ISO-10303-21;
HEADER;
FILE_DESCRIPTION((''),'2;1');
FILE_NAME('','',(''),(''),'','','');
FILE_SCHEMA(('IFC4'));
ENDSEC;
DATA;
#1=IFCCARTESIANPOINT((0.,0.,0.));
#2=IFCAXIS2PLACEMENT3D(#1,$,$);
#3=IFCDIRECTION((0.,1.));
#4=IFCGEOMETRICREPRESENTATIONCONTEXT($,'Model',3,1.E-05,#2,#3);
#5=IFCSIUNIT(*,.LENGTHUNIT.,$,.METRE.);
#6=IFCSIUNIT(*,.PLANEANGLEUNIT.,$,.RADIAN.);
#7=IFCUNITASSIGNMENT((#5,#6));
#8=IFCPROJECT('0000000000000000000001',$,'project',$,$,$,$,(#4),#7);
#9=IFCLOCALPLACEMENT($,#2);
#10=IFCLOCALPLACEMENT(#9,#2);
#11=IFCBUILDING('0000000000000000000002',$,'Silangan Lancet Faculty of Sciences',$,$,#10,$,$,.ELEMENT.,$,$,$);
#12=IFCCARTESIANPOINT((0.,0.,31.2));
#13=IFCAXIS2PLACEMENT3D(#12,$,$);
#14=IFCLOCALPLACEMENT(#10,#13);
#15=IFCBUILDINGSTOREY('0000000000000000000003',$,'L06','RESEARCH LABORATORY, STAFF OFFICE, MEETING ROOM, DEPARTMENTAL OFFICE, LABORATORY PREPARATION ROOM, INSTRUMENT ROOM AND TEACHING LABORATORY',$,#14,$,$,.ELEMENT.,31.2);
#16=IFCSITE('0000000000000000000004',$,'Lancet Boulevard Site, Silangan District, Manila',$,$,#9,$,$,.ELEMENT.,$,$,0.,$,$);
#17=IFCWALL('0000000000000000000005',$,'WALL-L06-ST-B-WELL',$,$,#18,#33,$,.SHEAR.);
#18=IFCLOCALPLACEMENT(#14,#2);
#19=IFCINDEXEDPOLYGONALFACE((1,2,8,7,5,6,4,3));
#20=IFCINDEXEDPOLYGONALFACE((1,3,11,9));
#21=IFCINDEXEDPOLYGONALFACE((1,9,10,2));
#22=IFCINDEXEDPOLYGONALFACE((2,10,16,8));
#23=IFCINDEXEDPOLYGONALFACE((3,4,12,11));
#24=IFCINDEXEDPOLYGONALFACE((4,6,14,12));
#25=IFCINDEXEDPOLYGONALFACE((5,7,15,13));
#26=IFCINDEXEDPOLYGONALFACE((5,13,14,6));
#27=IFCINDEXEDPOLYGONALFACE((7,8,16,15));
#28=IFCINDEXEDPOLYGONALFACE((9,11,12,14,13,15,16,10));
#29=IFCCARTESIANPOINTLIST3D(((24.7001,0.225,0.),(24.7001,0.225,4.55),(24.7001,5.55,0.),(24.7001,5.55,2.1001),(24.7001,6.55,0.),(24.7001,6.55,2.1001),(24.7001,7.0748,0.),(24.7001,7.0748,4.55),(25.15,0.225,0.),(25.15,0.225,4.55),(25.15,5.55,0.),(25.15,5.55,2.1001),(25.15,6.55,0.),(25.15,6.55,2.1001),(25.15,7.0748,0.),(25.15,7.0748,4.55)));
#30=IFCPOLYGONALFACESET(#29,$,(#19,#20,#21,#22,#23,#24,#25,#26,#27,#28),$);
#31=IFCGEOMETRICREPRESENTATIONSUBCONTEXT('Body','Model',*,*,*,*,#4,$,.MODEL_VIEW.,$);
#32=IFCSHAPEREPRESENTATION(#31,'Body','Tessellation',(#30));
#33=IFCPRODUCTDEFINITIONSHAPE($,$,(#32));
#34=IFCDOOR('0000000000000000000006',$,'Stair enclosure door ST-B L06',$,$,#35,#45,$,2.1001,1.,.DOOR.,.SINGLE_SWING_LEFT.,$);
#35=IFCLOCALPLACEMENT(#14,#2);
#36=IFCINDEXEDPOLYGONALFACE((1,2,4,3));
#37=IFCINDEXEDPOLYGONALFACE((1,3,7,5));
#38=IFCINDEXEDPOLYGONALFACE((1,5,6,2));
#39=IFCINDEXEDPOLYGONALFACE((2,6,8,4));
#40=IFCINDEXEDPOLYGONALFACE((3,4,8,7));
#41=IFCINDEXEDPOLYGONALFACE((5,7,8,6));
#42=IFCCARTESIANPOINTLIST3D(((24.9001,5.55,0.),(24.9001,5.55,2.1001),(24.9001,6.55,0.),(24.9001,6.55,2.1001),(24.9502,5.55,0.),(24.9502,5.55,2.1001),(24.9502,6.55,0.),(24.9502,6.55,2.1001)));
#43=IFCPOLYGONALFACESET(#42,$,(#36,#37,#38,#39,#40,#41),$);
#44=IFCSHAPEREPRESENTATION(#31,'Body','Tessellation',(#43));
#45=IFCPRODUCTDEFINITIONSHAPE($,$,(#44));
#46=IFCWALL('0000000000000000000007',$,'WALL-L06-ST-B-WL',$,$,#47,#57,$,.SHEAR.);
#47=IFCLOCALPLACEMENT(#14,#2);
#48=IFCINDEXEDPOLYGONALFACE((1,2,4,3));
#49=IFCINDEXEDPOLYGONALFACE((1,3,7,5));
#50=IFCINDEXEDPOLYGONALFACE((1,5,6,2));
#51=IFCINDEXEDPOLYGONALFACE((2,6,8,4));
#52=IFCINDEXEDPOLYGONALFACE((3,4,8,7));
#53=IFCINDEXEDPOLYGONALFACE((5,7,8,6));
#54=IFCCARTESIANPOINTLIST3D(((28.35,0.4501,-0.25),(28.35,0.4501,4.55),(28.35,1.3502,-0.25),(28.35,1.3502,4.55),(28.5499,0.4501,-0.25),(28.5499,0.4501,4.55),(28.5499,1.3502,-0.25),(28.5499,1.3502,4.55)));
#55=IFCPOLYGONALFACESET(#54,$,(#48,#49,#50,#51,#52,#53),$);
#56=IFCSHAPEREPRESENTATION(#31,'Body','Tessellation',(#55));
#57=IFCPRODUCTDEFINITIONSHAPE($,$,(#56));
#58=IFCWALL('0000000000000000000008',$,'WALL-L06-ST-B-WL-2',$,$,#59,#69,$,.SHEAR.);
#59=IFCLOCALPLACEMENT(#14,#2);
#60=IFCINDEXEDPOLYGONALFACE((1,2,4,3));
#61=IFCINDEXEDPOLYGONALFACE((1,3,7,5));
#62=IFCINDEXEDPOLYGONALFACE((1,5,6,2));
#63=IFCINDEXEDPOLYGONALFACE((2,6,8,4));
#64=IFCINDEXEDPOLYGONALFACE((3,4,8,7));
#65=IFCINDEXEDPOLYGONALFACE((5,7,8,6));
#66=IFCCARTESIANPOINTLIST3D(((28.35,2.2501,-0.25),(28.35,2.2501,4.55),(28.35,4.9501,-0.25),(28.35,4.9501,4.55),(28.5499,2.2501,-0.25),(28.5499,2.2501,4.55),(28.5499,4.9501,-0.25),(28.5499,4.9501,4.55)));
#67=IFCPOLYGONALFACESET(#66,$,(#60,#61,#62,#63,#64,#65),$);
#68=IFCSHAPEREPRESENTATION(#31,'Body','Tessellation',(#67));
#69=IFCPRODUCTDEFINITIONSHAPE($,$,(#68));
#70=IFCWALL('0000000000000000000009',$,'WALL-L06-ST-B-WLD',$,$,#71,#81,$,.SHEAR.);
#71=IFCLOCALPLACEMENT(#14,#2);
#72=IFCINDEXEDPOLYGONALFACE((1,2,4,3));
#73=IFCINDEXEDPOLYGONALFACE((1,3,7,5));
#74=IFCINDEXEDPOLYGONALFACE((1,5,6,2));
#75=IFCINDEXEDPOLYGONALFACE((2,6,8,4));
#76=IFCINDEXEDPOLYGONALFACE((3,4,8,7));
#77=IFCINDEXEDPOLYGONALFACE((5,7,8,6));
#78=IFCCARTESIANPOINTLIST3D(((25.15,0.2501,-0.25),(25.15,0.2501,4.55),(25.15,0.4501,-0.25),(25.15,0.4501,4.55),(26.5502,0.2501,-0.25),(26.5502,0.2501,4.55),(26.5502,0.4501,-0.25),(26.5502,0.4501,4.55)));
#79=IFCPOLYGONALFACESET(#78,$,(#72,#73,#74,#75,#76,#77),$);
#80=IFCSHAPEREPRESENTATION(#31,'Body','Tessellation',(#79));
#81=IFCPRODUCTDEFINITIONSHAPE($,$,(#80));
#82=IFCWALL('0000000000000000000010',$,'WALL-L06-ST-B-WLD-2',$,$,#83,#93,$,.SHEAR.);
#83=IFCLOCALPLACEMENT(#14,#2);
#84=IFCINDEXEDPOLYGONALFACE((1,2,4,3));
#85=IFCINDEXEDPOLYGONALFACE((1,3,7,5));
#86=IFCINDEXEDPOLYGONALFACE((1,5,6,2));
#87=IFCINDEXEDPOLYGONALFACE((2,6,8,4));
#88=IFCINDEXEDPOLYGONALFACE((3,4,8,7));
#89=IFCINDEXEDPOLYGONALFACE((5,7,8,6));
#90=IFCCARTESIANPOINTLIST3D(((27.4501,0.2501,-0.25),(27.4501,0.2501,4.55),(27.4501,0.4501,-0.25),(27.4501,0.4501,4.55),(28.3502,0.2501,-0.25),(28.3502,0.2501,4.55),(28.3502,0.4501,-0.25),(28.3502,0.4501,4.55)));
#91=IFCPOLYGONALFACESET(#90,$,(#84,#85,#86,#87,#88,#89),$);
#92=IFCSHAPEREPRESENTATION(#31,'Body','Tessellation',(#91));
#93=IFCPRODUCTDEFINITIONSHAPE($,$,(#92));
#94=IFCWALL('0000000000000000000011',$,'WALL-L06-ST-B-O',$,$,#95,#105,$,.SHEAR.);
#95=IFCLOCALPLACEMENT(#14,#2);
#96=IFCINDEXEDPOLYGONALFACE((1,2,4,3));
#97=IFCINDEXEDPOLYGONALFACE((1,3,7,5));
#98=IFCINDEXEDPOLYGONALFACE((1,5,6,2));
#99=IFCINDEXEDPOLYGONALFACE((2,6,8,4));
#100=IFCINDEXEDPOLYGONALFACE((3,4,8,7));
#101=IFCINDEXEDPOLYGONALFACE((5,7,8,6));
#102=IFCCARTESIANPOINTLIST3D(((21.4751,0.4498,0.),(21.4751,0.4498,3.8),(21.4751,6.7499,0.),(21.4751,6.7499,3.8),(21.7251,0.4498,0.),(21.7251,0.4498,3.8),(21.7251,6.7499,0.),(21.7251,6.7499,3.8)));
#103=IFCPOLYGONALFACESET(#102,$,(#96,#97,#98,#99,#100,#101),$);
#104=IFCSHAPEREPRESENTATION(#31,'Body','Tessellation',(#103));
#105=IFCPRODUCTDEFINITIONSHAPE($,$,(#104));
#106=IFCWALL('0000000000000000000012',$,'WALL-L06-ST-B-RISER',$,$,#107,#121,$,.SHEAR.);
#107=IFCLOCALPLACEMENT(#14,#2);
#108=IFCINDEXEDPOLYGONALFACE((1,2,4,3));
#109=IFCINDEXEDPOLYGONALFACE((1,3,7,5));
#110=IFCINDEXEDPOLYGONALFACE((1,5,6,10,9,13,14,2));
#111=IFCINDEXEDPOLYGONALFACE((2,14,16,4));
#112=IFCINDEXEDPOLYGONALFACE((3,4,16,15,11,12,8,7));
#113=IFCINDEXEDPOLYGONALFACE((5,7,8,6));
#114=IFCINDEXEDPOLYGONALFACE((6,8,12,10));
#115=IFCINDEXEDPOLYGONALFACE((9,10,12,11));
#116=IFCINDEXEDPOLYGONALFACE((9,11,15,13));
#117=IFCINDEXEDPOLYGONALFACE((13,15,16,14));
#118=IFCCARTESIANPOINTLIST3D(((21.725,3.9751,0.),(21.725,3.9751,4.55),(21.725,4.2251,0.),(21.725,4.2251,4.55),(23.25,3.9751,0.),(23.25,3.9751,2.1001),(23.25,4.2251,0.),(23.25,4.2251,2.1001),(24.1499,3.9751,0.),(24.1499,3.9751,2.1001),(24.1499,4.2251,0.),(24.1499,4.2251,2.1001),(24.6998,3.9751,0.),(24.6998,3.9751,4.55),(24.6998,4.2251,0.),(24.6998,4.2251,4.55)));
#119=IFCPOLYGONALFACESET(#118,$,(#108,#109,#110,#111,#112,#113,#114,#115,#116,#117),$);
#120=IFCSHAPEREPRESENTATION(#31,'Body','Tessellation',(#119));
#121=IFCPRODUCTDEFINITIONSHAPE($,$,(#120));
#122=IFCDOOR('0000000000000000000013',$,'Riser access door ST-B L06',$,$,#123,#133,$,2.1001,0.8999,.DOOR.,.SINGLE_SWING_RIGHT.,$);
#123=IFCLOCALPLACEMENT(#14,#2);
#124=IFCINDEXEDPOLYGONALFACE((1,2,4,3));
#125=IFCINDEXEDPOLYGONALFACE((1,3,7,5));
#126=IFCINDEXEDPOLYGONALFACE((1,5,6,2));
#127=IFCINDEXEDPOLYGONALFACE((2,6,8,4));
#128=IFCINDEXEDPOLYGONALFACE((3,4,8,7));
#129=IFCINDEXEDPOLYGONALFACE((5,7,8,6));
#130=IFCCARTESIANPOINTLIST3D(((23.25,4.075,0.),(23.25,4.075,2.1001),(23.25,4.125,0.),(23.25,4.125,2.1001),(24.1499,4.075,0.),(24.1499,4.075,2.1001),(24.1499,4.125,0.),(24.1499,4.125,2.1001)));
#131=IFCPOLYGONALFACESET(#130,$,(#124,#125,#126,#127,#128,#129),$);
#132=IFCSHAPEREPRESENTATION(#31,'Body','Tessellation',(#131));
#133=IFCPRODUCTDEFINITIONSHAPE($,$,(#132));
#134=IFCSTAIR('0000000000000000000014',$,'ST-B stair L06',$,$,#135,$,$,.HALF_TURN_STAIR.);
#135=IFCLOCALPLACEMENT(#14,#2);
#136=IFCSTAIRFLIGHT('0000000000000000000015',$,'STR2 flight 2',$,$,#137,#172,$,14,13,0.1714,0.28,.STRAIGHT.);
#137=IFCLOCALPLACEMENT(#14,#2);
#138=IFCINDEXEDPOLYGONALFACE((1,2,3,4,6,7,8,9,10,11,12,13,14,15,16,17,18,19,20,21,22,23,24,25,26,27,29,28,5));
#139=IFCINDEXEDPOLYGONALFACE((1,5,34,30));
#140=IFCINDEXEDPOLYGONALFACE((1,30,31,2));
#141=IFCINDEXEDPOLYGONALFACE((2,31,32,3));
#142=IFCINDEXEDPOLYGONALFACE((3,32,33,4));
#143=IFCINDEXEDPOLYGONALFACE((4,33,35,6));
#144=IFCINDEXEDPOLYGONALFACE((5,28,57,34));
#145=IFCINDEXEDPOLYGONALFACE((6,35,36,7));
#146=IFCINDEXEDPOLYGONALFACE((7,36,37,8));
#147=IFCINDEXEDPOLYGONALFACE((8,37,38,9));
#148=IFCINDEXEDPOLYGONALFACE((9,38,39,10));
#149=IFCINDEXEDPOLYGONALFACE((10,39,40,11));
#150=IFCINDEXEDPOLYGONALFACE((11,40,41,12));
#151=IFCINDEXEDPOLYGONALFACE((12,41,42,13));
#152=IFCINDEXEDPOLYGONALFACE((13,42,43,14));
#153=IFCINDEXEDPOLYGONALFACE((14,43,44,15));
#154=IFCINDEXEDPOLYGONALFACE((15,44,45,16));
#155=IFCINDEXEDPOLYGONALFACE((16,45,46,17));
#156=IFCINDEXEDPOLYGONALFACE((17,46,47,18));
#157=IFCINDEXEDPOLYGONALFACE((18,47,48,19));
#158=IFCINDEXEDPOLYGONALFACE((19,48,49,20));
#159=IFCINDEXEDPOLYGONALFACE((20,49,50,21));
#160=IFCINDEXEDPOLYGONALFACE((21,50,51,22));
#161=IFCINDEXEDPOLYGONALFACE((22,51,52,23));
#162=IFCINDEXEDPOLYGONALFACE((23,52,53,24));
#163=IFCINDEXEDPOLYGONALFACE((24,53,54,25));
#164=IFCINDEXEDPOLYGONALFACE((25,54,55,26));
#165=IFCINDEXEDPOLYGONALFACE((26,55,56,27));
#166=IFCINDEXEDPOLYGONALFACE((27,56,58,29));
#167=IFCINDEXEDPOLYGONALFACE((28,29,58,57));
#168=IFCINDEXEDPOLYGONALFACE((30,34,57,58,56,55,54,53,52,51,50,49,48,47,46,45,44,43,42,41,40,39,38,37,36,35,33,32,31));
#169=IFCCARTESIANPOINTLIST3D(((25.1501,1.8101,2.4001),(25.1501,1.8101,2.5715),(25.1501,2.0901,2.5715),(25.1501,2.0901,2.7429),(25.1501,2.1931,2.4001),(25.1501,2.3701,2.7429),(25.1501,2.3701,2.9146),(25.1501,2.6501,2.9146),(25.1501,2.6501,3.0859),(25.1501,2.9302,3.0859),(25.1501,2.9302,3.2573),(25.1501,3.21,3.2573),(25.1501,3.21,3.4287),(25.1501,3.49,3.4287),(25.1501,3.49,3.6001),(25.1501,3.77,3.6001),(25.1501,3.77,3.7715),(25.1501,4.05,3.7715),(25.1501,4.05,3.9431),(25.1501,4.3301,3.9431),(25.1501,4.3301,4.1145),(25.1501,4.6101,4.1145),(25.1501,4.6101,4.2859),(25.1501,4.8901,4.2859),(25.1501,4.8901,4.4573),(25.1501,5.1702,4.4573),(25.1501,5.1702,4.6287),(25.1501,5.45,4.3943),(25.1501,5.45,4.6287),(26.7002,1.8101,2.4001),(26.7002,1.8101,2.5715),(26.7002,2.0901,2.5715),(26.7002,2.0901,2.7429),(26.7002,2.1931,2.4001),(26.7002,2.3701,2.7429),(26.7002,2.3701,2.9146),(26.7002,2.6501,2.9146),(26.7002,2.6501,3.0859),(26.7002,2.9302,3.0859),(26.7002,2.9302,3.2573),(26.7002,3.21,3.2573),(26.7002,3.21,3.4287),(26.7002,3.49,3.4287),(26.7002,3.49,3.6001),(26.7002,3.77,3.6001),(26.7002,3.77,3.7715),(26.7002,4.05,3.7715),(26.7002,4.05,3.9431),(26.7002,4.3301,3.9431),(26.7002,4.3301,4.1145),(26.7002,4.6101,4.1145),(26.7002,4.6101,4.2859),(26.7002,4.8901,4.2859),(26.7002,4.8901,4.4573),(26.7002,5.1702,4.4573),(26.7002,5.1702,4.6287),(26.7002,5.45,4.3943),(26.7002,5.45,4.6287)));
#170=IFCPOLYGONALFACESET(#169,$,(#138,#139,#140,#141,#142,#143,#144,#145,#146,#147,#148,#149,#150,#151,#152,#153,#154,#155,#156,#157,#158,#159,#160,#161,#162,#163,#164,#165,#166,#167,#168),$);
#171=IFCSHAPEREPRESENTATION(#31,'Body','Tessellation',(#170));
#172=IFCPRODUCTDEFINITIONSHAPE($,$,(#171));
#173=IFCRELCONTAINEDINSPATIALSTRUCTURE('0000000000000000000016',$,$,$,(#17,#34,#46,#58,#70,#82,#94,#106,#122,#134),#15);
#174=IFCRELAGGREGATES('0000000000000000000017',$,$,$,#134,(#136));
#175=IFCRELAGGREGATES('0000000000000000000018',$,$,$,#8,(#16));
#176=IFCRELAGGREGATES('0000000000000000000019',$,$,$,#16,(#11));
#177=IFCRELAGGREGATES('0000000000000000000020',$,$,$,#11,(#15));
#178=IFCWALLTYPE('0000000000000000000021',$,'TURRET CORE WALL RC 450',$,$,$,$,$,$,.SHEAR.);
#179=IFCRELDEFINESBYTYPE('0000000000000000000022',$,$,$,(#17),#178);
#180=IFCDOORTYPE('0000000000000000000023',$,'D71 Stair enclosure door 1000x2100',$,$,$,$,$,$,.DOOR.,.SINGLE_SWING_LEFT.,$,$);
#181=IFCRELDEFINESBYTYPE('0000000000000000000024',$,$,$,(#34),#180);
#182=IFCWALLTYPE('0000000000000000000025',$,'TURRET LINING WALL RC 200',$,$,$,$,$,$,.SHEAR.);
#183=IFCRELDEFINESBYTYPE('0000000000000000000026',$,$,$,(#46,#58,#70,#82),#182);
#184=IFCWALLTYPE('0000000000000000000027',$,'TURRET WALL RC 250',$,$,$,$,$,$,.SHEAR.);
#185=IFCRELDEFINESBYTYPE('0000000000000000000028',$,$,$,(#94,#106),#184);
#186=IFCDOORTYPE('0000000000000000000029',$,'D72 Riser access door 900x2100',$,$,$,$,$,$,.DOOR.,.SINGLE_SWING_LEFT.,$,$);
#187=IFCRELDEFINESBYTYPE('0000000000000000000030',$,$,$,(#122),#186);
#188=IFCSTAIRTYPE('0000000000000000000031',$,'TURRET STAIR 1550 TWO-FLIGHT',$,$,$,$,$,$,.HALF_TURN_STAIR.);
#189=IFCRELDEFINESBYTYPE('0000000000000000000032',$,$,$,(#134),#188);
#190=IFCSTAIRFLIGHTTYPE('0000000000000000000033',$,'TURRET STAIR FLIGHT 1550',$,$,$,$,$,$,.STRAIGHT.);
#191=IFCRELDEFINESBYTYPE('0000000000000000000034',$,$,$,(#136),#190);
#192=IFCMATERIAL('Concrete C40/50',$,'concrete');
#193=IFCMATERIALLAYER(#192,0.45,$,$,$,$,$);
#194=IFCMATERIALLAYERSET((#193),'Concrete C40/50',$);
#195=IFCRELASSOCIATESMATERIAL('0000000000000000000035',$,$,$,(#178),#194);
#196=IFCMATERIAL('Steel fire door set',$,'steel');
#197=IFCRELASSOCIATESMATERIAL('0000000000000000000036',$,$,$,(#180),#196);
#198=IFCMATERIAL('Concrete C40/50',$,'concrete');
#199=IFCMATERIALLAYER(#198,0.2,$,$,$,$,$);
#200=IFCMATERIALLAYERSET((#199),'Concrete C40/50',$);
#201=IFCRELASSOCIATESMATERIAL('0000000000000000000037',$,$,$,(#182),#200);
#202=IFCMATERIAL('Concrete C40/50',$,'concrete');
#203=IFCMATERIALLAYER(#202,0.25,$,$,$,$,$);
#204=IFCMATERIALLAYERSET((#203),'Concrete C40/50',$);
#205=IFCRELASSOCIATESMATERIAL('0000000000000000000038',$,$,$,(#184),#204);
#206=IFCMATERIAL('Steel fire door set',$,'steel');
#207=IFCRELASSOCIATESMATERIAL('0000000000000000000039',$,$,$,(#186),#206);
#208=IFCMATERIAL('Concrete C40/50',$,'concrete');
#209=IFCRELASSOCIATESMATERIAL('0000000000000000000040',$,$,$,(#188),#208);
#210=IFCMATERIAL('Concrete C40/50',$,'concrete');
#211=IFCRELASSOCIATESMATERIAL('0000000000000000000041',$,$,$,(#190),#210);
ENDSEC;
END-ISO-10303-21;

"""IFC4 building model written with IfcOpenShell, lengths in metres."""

from ifc_helpers import new_model, si_unit, direction, frame, frame_2d, origin, place, context, subcontext, project, spatial, polyline, rectangle, outline, extrude, material, layer, layer_set, type_object, element, fill, aggregate, save


model = new_model("IFC4")

# Units and contexts
model_context = context("Model", 3, precision=1e-05, world=origin(), true_north=direction((0.0, 1.0)))
body_context = subcontext(model_context, "Body", "Model", "MODEL_VIEW")
ifc_project = project(units=[si_unit("LENGTHUNIT", "METRE"), si_unit("PLANEANGLEUNIT", "RADIAN")], contexts=[model_context])

# Site, building, storey
site_placement = place(None, origin())
site = spatial("IfcSite", under=ifc_project, at=site_placement, Name="Lancet Boulevard Site, Silangan District, Manila", CompositionType="ELEMENT", RefElevation=0.0)
building_placement = place(site_placement, origin())
building = spatial("IfcBuilding", under=site, at=building_placement, Name="Silangan Lancet Faculty of Sciences", CompositionType="ELEMENT")
storey_placement = place(building_placement, frame((0.0, 0.0, 31.2)))
storey = spatial("IfcBuildingStorey", under=building, at=storey_placement, Name="L06", Description="RESEARCH LABORATORY, STAFF OFFICE, MEETING ROOM, DEPARTMENTAL OFFICE, LABORATORY PREPARATION ROOM, INSTRUMENT ROOM AND TEACHING LABORATORY", CompositionType="ELEMENT", Elevation=31.2)

# Wall, opening, door
ifc_material_1 = material(Name="Concrete C40/50", Category="concrete")
ifc_layer_1 = layer(ifc_material_1, 0.45)
ifc_layer_set_1 = layer_set([ifc_layer_1], Name="Concrete C40/50")
wall_type_1 = type_object("IfcWallType", Name="TURRET CORE WALL RC 450", PredefinedType="SHEAR", material=ifc_layer_set_1)
wall_1_placement = place(storey_placement, frame((24.925, 0.2251, 0.0), z_axis=(0.0, 0.0, 1.0), x_axis=(0.0, 1.0, 0.0)))
wall_1 = element("IfcWall", 1, at=wall_1_placement, inside=storey, type_object=wall_type_1, Name="WALL-L06-ST-B-WELL", PredefinedType="SHEAR", context=body_context, shape_type="SweptSolid", body=[
    extrude(rectangle(XDim=6.8499, YDim=0.45, at=frame_2d((3.4248, 0.0))), origin(), (0.0, 0.0, 1.0), 4.55),
])
opening_1_placement = place(wall_1_placement, frame((5.325, 0.0, 0.0)))
opening_1 = element("IfcOpeningElement", 2, at=opening_1_placement, cuts=wall_1, PredefinedType="OPENING", context=body_context, shape_type="SweptSolid", body=[
    extrude(rectangle(XDim=1.0, YDim=2.1001, at=frame_2d((0.5, 1.05))), frame((0.0, 0.2349, 0.0), z_axis=(0.0, -1.0, 0.0), x_axis=(1.0, 0.0, 0.0)), (0.0, 0.0, 1.0), 0.47),
])
ifc_material_2 = material(Name="Steel fire door set", Category="steel")
door_type_1 = type_object("IfcDoorType", Name="D71 Stair enclosure door 1000x2100", OperationType="SINGLE_SWING_LEFT", PredefinedType="DOOR", material=ifc_material_2)
door_1_placement = place(opening_1_placement, frame((1.0, 0.0, 0.0), z_axis=(0.0, 0.0, 1.0), x_axis=(-1.0, 0.0, 0.0)))
door_1 = element("IfcDoor", 3, at=door_1_placement, inside=storey, type_object=door_type_1, Name="Stair enclosure door ST-B L06", OperationType="SINGLE_SWING_LEFT", OverallHeight=2.1001, OverallWidth=1.0, PredefinedType="DOOR", context=body_context, shape_type="SweptSolid", body=[
    extrude(rectangle(XDim=1.0, YDim=2.1001, at=frame_2d((0.5, 1.05))), frame((0.0, 0.0251, 0.0), z_axis=(0.0, -1.0, 0.0), x_axis=(1.0, 0.0, 0.0)), (0.0, 0.0, 1.0), 0.05),
])
fill(opening_1, door_1)

# Walls
ifc_material_3 = material(Name="Concrete C40/50", Category="concrete")
ifc_layer_2 = layer(ifc_material_3, 0.2)
ifc_layer_set_2 = layer_set([ifc_layer_2], Name="Concrete C40/50")
wall_type_2 = type_object("IfcWallType", Name="TURRET LINING WALL RC 200", PredefinedType="SHEAR", material=ifc_layer_set_2)
wall_2_placement = place(storey_placement, frame((28.45, 0.45, -0.25), z_axis=(0.0, 0.0, 1.0), x_axis=(0.0, 1.0, 0.0)))
element("IfcWall", 4, at=wall_2_placement, inside=storey, type_object=wall_type_2, Name="WALL-L06-ST-B-WL", PredefinedType="SHEAR", context=body_context, shape_type="SweptSolid", body=[
    extrude(rectangle(XDim=0.9001, YDim=0.2, at=frame_2d((0.4502, 0.0))), origin(), (0.0, 0.0, 1.0), 4.8),
])
wall_3_placement = place(storey_placement, frame((28.45, 2.25, -0.25), z_axis=(0.0, 0.0, 1.0), x_axis=(0.0, 1.0, 0.0)))
element("IfcWall", 5, at=wall_3_placement, inside=storey, type_object=wall_type_2, Name="WALL-L06-ST-B-WL-2", PredefinedType="SHEAR", context=body_context, shape_type="SweptSolid", body=[
    extrude(rectangle(XDim=2.7, YDim=0.2, at=frame_2d((1.3501, 0.0))), origin(), (0.0, 0.0, 1.0), 4.8),
])
wall_4_placement = place(storey_placement, frame((25.1499, 0.3501, -0.25), z_axis=(0.0, 0.0, 1.0), x_axis=(1.0, 0.0, 0.0)))
element("IfcWall", 6, at=wall_4_placement, inside=storey, type_object=wall_type_2, Name="WALL-L06-ST-B-WLD", PredefinedType="SHEAR", context=body_context, shape_type="SweptSolid", body=[
    extrude(rectangle(XDim=1.4001, YDim=0.2, at=frame_2d((0.7002, 0.0))), origin(), (0.0, 0.0, 1.0), 4.8),
])
wall_5_placement = place(storey_placement, frame((27.45, 0.3501, -0.25), z_axis=(0.0, 0.0, 1.0), x_axis=(1.0, 0.0, 0.0)))
element("IfcWall", 7, at=wall_5_placement, inside=storey, type_object=wall_type_2, Name="WALL-L06-ST-B-WLD-2", PredefinedType="SHEAR", context=body_context, shape_type="SweptSolid", body=[
    extrude(rectangle(XDim=0.9001, YDim=0.2, at=frame_2d((0.4502, 0.0))), origin(), (0.0, 0.0, 1.0), 4.8),
])
ifc_material_4 = material(Name="Concrete C40/50", Category="concrete")
ifc_layer_3 = layer(ifc_material_4, 0.25)
ifc_layer_set_3 = layer_set([ifc_layer_3], Name="Concrete C40/50")
wall_type_3 = type_object("IfcWallType", Name="TURRET WALL RC 250", PredefinedType="SHEAR", material=ifc_layer_set_3)
wall_6_placement = place(storey_placement, frame((21.6001, 0.45, 0.0), z_axis=(0.0, 0.0, 1.0), x_axis=(0.0, 1.0, 0.0)))
element("IfcWall", 8, at=wall_6_placement, inside=storey, type_object=wall_type_3, Name="WALL-L06-ST-B-O", PredefinedType="SHEAR", context=body_context, shape_type="SweptSolid", body=[
    extrude(rectangle(XDim=6.3, YDim=0.25, at=frame_2d((3.1499, 0.0))), origin(), (0.0, 0.0, 1.0), 3.8),
])

# Wall, opening, door
wall_7_placement = place(storey_placement, frame((21.7251, 4.1001, 0.0), z_axis=(0.0, 0.0, 1.0), x_axis=(1.0, 0.0, 0.0)))
wall_7 = element("IfcWall", 9, at=wall_7_placement, inside=storey, type_object=wall_type_3, Name="WALL-L06-ST-B-RISER", PredefinedType="SHEAR", context=body_context, shape_type="SweptSolid", body=[
    extrude(rectangle(XDim=2.9749, YDim=0.25, at=frame_2d((1.4873, 0.0))), origin(), (0.0, 0.0, 1.0), 4.55),
])
opening_2_placement = place(wall_7_placement, frame((1.5249, 0.0, 0.0)))
opening_2 = element("IfcOpeningElement", 10, at=opening_2_placement, cuts=wall_7, PredefinedType="OPENING", context=body_context, shape_type="SweptSolid", body=[
    extrude(rectangle(XDim=0.8999, YDim=2.1001, at=frame_2d((0.45, 1.05))), frame((0.0, 0.135, 0.0), z_axis=(0.0, -1.0, 0.0), x_axis=(1.0, 0.0, 0.0)), (0.0, 0.0, 1.0), 0.27),
])
ifc_material_5 = material(Name="Steel fire door set", Category="steel")
door_type_2 = type_object("IfcDoorType", Name="D72 Riser access door 900x2100", OperationType="SINGLE_SWING_LEFT", PredefinedType="DOOR", material=ifc_material_5)
door_2_placement = place(opening_2_placement, frame((0.8999, 0.0, 0.0), z_axis=(0.0, 0.0, 1.0), x_axis=(-1.0, 0.0, 0.0)))
door_2 = element("IfcDoor", 11, at=door_2_placement, inside=storey, type_object=door_type_2, Name="Riser access door ST-B L06", OperationType="SINGLE_SWING_RIGHT", OverallHeight=2.1001, OverallWidth=0.8999, PredefinedType="DOOR", context=body_context, shape_type="SweptSolid", body=[
    extrude(rectangle(XDim=0.8999, YDim=2.1001, at=frame_2d((0.45, 1.05))), frame((0.0, 0.0251, 0.0), z_axis=(0.0, -1.0, 0.0), x_axis=(1.0, 0.0, 0.0)), (0.0, 0.0, 1.0), 0.05),
])
fill(opening_2, door_2)

# Stair, stair flight
ifc_material_6 = material(Name="Concrete C40/50", Category="concrete")
stair_type = type_object("IfcStairType", Name="TURRET STAIR 1550 TWO-FLIGHT", PredefinedType="HALF_TURN_STAIR", material=ifc_material_6)
stair_placement = place(storey_placement, origin())
stair = element("IfcStair", 12, at=stair_placement, inside=storey, type_object=stair_type, Name="ST-B stair L06", PredefinedType="HALF_TURN_STAIR")
ifc_material_7 = material(Name="Concrete C40/50", Category="concrete")
stair_flight_type = type_object("IfcStairFlightType", Name="TURRET STAIR FLIGHT 1550", PredefinedType="STRAIGHT", material=ifc_material_7)
stair_flight_placement = place(storey_placement, frame((25.925, 1.8101, 2.4001), z_axis=(0.0, 0.0, 1.0), x_axis=(0.0, 1.0, 0.0)))
stair_flight = element("IfcStairFlight", 13, at=stair_flight_placement, type_object=stair_flight_type, Name="STR2 flight 2", NumberOfRisers=14, NumberOfTreads=13, PredefinedType="STRAIGHT", RiserHeight=0.1714, TreadLength=0.28, context=body_context, shape_type="SweptSolid", body=[
    extrude(outline(polyline([(0.0, 0.0), (0.0, 0.1714), (0.28, 0.1714), (0.28, 0.3428), (0.5601, 0.3428), (0.5601, 0.5144), (0.8401, 0.5144), (0.8401, 0.6858), (1.1201, 0.6858), (1.1201, 0.8572), (1.3999, 0.8572), (1.3999, 1.0286), (1.6799, 1.0286), (1.6799, 1.2), (1.96, 1.2), (1.96, 1.3713), (2.24, 1.3713), (2.24, 1.543), (2.52, 1.543), (2.52, 1.7144), (2.8, 1.7144), (2.8, 1.8857), (3.0801, 1.8857), (3.0801, 2.0571), (3.3601, 2.0571), (3.3601, 2.2285), (3.6399, 2.2285), (3.6399, 2.3999), (3.6399, 1.9941), (0.3831, 0.0), (0.0, 0.0)])), frame((0.0, 0.7749, 0.0), z_axis=(0.0, -1.0, 0.0), x_axis=(1.0, 0.0, 0.0)), (0.0, 0.0, 1.0), 1.55),
])
aggregate(stair, [stair_flight])

save(model, "model.ifc")
